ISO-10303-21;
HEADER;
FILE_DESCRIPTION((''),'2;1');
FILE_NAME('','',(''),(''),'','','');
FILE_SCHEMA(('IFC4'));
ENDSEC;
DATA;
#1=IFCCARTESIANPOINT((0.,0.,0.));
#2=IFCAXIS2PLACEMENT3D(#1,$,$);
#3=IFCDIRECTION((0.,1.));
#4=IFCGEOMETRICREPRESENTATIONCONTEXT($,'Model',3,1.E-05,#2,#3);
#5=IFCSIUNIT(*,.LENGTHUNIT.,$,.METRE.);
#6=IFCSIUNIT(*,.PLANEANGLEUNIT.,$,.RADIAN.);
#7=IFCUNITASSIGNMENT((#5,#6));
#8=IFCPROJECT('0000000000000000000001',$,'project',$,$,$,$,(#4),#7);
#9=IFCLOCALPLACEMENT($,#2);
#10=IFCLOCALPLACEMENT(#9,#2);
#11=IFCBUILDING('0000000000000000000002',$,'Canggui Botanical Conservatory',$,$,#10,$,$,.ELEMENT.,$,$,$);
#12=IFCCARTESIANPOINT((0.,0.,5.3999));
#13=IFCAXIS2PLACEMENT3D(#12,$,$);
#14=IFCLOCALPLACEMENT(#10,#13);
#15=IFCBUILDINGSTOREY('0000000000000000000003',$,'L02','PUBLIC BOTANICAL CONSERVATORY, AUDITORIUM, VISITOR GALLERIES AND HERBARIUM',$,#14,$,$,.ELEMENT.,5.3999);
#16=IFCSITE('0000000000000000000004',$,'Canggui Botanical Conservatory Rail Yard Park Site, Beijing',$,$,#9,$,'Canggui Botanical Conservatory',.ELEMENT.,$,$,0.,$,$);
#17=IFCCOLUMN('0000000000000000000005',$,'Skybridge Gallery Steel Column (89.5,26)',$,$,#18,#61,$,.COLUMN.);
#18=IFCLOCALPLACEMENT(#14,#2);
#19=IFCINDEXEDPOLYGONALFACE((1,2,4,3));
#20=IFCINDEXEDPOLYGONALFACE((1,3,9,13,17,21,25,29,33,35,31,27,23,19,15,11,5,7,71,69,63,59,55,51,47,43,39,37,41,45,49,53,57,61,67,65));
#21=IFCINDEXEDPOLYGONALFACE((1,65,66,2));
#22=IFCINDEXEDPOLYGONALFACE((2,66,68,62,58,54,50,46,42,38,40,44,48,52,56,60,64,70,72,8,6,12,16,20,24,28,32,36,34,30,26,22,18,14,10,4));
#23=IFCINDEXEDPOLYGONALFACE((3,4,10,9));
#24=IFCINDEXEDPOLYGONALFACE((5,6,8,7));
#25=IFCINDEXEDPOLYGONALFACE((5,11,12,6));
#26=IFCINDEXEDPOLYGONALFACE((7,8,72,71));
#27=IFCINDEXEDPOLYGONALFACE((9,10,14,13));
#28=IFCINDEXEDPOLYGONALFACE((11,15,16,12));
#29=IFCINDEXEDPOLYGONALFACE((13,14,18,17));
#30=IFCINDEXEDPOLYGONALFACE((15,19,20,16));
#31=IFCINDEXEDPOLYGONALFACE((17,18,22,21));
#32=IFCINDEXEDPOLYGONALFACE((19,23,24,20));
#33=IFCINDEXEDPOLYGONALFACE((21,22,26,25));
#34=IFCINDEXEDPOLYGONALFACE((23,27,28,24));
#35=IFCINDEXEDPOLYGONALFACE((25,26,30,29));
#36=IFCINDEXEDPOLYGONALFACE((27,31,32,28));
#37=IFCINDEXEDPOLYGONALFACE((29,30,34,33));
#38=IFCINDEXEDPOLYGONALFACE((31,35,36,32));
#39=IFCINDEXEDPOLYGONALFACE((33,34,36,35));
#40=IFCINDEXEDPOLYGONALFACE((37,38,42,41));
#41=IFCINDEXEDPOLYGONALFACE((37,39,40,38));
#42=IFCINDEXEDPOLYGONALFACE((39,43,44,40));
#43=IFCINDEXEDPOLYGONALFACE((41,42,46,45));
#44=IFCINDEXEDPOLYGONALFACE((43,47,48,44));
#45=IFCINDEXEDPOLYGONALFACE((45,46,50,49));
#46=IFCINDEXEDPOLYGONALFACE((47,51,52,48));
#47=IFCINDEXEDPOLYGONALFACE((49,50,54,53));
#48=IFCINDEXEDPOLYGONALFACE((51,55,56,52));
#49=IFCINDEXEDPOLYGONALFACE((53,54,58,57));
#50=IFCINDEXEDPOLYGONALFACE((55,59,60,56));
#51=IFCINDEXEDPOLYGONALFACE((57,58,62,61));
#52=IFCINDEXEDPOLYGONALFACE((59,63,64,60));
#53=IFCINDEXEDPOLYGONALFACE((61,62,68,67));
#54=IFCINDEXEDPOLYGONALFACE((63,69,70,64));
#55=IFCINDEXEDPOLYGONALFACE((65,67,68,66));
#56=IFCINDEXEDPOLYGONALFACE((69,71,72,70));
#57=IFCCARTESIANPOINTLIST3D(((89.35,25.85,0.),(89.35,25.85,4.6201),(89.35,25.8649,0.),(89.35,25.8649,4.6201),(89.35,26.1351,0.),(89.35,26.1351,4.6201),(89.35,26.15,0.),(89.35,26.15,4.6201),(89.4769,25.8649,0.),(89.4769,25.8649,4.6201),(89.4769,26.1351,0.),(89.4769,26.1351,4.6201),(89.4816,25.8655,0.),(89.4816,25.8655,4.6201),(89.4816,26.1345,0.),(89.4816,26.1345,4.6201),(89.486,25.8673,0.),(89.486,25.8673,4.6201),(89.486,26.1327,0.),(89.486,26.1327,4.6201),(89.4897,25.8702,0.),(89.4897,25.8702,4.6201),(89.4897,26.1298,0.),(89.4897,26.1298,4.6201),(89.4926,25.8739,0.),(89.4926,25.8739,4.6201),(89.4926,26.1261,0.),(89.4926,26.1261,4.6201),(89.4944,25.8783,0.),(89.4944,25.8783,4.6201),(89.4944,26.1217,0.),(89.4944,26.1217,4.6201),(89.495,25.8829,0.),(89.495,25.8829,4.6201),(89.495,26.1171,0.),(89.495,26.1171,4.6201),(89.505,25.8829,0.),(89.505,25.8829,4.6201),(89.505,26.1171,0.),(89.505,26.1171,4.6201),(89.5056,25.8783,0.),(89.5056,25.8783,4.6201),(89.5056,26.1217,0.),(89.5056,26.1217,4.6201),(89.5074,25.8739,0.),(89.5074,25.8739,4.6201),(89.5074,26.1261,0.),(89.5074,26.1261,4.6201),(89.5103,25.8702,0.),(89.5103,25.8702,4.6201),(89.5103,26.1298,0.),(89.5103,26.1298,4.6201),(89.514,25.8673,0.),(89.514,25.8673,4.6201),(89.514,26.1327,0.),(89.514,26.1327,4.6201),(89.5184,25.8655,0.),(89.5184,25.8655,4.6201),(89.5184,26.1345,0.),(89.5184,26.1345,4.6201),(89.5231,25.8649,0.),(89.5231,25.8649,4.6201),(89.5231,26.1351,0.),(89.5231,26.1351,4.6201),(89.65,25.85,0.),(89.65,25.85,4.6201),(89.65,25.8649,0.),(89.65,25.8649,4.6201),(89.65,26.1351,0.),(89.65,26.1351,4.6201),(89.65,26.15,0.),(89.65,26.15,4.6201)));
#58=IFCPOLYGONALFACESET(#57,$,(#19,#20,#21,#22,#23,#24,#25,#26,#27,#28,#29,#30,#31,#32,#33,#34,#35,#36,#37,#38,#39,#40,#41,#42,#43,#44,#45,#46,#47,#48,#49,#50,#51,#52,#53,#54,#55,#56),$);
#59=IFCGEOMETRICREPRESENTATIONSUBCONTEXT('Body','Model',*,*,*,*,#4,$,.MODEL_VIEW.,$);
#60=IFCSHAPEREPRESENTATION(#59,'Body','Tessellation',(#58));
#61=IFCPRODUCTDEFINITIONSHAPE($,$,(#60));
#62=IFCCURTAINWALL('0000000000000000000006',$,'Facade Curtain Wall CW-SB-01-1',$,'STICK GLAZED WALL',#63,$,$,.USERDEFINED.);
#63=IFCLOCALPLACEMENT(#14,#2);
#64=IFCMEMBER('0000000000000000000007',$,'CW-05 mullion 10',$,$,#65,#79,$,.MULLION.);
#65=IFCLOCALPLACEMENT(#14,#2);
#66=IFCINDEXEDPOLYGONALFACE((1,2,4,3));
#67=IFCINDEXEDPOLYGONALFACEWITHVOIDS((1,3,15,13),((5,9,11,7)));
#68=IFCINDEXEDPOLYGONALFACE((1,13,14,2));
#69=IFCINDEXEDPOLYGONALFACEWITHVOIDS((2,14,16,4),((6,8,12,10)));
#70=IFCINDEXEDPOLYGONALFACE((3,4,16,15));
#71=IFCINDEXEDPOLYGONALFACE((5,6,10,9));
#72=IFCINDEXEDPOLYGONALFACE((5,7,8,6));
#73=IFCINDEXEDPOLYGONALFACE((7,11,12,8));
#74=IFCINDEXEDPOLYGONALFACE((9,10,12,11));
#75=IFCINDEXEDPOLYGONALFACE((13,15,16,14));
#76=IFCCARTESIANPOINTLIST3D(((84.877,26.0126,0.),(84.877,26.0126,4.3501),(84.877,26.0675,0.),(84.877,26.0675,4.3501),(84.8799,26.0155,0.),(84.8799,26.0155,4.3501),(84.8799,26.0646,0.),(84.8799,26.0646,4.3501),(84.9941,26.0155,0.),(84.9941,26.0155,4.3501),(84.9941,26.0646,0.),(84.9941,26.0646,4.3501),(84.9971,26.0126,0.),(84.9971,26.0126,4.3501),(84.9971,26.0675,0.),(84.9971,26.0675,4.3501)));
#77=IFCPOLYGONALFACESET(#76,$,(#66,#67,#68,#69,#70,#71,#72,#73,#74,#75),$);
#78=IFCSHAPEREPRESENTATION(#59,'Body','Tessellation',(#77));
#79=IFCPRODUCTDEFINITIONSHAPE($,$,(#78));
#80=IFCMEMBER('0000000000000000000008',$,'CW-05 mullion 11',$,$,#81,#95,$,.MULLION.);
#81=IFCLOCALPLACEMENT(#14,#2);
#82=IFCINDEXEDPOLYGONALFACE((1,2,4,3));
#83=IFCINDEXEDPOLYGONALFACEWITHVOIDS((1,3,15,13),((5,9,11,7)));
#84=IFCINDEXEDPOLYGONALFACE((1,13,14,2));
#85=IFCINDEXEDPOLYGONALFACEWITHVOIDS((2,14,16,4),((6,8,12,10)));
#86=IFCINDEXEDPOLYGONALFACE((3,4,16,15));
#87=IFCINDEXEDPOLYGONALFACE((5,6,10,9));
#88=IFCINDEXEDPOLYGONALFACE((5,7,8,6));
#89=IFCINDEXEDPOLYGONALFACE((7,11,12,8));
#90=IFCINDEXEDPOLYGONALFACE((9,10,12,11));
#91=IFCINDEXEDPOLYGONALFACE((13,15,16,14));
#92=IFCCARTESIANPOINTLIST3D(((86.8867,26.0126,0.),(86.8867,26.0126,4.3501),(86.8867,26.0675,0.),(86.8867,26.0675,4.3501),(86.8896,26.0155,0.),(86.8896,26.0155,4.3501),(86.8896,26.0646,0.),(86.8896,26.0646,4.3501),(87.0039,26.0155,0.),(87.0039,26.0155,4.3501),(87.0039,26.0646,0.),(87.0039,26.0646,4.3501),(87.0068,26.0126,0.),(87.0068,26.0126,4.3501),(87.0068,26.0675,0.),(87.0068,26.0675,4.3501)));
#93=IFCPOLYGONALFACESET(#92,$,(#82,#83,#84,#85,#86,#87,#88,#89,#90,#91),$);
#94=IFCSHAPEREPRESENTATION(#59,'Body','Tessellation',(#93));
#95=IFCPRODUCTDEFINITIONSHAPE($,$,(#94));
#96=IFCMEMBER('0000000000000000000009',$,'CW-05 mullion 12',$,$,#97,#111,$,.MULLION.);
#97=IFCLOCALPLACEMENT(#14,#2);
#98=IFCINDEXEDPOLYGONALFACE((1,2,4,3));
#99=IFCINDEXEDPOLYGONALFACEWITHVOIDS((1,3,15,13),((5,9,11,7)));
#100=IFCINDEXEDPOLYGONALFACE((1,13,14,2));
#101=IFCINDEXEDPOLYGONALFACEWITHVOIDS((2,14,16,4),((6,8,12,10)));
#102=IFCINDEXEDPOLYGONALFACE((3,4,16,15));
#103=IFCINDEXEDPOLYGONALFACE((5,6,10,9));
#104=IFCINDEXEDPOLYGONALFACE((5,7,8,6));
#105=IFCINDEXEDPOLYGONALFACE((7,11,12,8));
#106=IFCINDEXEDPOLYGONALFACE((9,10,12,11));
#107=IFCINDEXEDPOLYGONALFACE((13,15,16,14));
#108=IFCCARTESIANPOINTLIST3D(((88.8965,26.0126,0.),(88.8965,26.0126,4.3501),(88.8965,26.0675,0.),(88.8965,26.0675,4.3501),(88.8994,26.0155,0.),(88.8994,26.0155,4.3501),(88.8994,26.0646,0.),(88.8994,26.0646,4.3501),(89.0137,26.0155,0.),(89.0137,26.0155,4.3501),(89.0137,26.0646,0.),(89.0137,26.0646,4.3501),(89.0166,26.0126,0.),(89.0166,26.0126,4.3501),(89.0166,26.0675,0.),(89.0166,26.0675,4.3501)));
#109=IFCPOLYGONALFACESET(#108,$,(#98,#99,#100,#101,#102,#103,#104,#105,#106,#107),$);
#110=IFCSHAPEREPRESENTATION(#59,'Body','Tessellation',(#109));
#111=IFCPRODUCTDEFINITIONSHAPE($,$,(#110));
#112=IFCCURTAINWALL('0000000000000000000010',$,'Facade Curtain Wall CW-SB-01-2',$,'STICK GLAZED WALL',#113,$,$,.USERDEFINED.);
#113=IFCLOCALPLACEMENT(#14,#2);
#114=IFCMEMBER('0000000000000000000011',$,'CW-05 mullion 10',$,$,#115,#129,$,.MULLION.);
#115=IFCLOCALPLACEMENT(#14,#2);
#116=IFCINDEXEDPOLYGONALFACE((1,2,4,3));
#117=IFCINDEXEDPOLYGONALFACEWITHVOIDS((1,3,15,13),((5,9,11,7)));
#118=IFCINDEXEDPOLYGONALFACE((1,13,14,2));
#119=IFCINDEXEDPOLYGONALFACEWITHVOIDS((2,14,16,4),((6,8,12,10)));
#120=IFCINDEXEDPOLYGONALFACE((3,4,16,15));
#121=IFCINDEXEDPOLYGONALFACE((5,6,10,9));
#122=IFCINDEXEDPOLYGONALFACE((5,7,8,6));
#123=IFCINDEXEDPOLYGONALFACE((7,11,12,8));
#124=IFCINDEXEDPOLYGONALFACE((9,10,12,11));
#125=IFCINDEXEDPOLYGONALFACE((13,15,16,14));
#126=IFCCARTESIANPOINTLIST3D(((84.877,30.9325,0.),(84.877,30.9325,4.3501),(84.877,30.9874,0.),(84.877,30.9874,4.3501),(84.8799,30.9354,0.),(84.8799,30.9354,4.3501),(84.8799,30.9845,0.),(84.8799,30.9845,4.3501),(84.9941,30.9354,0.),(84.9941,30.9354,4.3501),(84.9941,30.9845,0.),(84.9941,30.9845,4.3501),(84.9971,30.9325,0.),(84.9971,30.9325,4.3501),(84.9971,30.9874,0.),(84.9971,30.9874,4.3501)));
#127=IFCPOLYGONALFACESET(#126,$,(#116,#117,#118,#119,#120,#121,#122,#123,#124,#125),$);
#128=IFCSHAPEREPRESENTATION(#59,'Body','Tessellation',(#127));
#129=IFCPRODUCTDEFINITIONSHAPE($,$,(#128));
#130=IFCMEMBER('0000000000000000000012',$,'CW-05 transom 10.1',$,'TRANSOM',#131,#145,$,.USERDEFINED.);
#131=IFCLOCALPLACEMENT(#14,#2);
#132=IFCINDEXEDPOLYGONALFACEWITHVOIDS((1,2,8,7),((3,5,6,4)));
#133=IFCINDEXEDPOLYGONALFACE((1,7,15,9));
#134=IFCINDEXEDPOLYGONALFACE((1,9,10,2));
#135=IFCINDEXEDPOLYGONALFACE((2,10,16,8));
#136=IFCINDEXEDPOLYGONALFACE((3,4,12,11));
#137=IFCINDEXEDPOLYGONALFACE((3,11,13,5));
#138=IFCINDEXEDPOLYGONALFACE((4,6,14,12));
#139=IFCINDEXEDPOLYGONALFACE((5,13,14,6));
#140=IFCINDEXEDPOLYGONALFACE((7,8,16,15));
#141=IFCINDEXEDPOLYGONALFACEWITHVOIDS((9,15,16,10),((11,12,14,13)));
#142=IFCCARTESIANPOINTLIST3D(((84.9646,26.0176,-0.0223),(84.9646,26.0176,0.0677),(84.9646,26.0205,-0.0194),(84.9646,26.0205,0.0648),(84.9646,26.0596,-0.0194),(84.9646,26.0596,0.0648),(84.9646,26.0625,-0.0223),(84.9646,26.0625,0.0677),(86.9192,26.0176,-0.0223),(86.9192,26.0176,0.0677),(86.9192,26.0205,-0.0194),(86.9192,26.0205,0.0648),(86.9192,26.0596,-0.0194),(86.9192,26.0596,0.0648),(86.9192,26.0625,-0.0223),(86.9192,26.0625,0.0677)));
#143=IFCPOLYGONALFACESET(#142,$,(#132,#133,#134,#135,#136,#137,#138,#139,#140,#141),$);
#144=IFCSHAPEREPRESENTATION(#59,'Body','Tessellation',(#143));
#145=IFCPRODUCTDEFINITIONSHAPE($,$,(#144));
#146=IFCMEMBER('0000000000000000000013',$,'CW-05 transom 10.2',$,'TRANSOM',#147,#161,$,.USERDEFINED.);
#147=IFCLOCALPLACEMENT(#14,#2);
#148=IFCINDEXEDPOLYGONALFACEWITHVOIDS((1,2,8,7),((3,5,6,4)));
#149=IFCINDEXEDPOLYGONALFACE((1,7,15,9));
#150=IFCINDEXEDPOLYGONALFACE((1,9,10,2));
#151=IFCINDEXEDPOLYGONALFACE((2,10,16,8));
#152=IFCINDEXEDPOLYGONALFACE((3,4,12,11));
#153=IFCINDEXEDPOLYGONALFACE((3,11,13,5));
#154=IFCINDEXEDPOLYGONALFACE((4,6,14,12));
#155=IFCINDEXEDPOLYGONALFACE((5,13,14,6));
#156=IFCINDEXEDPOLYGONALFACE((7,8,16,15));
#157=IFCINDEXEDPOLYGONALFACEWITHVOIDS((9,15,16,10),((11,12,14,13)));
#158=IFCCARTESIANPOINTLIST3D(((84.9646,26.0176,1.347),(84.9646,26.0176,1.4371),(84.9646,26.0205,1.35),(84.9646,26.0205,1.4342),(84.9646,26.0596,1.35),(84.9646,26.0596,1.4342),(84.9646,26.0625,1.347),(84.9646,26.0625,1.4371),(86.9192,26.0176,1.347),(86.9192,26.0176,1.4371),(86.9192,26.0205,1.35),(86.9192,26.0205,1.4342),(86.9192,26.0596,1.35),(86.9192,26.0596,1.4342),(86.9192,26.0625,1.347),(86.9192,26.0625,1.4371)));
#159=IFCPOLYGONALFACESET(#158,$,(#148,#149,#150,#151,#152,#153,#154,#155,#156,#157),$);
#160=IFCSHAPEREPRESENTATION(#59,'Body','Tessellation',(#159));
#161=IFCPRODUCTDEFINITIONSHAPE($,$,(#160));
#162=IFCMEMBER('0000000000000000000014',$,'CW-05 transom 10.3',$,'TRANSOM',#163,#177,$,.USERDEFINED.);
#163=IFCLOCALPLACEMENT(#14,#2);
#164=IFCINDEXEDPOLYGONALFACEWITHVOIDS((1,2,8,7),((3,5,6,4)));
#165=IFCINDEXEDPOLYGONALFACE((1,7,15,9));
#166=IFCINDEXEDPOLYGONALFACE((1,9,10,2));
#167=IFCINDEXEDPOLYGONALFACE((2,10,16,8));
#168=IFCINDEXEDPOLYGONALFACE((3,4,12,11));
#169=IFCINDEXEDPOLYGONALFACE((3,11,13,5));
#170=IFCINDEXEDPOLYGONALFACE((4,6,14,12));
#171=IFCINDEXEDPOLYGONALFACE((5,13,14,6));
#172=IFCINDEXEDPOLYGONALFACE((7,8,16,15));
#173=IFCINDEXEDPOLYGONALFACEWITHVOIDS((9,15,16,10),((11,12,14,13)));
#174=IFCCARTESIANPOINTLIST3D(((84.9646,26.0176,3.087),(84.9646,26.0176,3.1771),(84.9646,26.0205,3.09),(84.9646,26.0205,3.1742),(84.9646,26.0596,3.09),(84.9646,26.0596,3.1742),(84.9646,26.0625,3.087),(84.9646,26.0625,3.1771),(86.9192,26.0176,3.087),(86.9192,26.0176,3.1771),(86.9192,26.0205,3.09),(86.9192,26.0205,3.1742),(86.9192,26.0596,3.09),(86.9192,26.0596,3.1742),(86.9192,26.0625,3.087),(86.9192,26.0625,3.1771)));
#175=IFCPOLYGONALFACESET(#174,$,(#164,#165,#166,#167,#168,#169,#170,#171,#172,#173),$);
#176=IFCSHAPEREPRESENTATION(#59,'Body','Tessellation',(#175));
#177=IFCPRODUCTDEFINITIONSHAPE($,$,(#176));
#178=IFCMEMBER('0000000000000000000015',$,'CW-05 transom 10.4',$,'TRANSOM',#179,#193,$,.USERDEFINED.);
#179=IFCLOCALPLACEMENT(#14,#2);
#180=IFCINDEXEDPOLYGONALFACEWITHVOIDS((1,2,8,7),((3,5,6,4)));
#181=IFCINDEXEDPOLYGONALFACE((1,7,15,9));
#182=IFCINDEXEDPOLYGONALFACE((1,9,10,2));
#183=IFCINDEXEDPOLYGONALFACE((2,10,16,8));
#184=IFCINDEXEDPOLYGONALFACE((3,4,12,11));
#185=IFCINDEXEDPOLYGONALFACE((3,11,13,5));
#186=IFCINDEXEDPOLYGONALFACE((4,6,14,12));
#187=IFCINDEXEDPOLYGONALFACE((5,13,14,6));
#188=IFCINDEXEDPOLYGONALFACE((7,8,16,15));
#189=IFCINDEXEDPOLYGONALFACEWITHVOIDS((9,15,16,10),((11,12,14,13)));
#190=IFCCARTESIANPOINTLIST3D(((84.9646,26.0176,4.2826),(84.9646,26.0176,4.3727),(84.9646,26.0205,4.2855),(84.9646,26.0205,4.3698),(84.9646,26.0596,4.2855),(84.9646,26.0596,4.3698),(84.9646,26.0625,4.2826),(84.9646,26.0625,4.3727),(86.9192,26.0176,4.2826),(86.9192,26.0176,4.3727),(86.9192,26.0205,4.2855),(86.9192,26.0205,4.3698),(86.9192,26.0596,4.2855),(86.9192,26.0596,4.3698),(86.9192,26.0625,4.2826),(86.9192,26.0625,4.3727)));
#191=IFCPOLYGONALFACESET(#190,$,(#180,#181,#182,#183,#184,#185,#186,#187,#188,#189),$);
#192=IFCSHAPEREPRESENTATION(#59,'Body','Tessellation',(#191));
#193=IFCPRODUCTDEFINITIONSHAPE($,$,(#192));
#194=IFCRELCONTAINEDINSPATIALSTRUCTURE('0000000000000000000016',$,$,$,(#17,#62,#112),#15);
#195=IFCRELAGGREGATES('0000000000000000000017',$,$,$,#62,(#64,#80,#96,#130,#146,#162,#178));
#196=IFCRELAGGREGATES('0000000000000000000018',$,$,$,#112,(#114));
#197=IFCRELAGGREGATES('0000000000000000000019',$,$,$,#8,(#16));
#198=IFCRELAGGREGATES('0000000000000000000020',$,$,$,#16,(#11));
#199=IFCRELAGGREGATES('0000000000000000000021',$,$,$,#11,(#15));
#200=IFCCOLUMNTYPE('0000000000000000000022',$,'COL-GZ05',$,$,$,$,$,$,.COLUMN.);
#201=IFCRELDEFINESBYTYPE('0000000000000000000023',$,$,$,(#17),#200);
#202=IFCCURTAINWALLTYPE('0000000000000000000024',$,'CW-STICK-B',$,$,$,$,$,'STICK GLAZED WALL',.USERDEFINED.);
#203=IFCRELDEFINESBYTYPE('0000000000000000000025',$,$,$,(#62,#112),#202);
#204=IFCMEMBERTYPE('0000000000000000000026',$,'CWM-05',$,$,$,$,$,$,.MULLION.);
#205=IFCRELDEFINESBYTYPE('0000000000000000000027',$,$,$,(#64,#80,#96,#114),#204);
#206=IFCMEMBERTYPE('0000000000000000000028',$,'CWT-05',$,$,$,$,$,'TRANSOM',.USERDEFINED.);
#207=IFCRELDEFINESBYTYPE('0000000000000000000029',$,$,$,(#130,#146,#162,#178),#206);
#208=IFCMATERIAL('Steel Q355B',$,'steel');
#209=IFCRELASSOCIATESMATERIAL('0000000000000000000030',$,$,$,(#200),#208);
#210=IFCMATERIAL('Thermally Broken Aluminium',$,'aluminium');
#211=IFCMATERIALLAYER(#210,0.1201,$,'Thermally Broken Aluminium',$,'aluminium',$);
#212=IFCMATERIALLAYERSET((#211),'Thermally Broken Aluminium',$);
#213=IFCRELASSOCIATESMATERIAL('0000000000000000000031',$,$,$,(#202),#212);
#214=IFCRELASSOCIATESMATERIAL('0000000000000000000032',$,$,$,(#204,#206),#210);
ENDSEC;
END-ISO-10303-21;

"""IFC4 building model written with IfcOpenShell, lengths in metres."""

from ifc_helpers import new_model, si_unit, direction, frame, origin, origin_2d, place, context, subcontext, project, spatial, hollow_rectangle, i_section, extrude, material, layer, layer_set, material_profile, profile_set, type_object, element, aggregate, save


model = new_model("IFC4")

# Units and contexts
model_context = context("Model", 3, precision=1e-05, world=origin(), true_north=direction((0.0, 1.0)))
body_context = subcontext(model_context, "Body", "Model", "MODEL_VIEW")
ifc_project = project(units=[si_unit("LENGTHUNIT", "METRE"), si_unit("PLANEANGLEUNIT", "RADIAN")], contexts=[model_context])

# Site, building, storey
site_placement = place(None, origin())
site = spatial("IfcSite", under=ifc_project, at=site_placement, Name="Canggui Botanical Conservatory Rail Yard Park Site, Beijing", LongName="Canggui Botanical Conservatory", CompositionType="ELEMENT", RefElevation=0.0)
building_placement = place(site_placement, origin())
building = spatial("IfcBuilding", under=site, at=building_placement, Name="Canggui Botanical Conservatory", CompositionType="ELEMENT")
storey_placement = place(building_placement, frame((0.0, 0.0, 5.3999)))
storey = spatial("IfcBuildingStorey", under=building, at=storey_placement, Name="L02", Description="PUBLIC BOTANICAL CONSERVATORY, AUDITORIUM, VISITOR GALLERIES AND HERBARIUM", CompositionType="ELEMENT", Elevation=5.3999)

# Column
ifc_material_1 = material(Name="Steel Q355B", Category="steel")
ifc_material_profile_1 = material_profile(ifc_material_1, i_section(OverallWidth=0.3, OverallDepth=0.3, WebThickness=0.01, FlangeThickness=0.0149, FilletRadius=0.0181, at=origin_2d()), Name="HW 300x300x10x15")
ifc_profile_set_1 = profile_set([ifc_material_profile_1], Name="Steel Q355B")
column_type = type_object("IfcColumnType", Name="COL-GZ05", PredefinedType="COLUMN", material=ifc_profile_set_1)
column_placement = place(storey_placement, frame((89.5, 26.0, 0.0), z_axis=(0.0, 0.0, 1.0), x_axis=(1.0, 0.0, 0.0)))
element("IfcColumn", 1, at=column_placement, inside=storey, type_object=column_type, Name="Skybridge Gallery Steel Column (89.5,26)", PredefinedType="COLUMN", context=body_context, shape_type="SweptSolid", body=[
    extrude(i_section(OverallWidth=0.3, OverallDepth=0.3, WebThickness=0.01, FlangeThickness=0.0149, FilletRadius=0.0181, at=origin_2d()), origin(), (0.0, 0.0, 1.0), 4.6201),
])

# Curtain wall, members
ifc_material_2 = material(Name="Thermally Broken Aluminium", Category="aluminium")
ifc_layer_1 = layer(ifc_material_2, 0.1201, Name="Thermally Broken Aluminium", Category="aluminium")
ifc_layer_set_1 = layer_set([ifc_layer_1], Name="Thermally Broken Aluminium")
curtain_wall_type = type_object("IfcCurtainWallType", Name="CW-STICK-B", ElementType="STICK GLAZED WALL", PredefinedType="USERDEFINED", material=ifc_layer_set_1)
curtain_wall_1_placement = place(storey_placement, origin())
curtain_wall_1 = element("IfcCurtainWall", 2, at=curtain_wall_1_placement, inside=storey, type_object=curtain_wall_type, Name="Facade Curtain Wall CW-SB-01-1", ObjectType="STICK GLAZED WALL", PredefinedType="USERDEFINED")
ifc_material_profile_2 = material_profile(ifc_material_2, hollow_rectangle(XDim=0.0549, YDim=0.1201, WallThickness=0.0029, at=origin_2d()), Name="CWM 55x120x3")
ifc_profile_set_2 = profile_set([ifc_material_profile_2], Name="Thermally Broken Aluminium")
member_type_1 = type_object("IfcMemberType", Name="CWM-05", PredefinedType="MULLION", material=ifc_profile_set_2)
member_1_placement = place(storey_placement, frame((84.937, 26.04, 0.0), z_axis=(0.0, 0.0, 1.0), x_axis=(0.0, 1.0, 0.0)))
member_1 = element("IfcMember", 3, at=member_1_placement, type_object=member_type_1, Name="CW-05 mullion 10", PredefinedType="MULLION", context=body_context, shape_type="SweptSolid", body=[
    extrude(hollow_rectangle(XDim=0.0549, YDim=0.1201, WallThickness=0.0029, at=origin_2d()), origin(), (0.0, 0.0, 1.0), 4.3501),
])
member_2_placement = place(storey_placement, frame((86.9468, 26.04, 0.0), z_axis=(0.0, 0.0, 1.0), x_axis=(0.0, 1.0, 0.0)))
member_2 = element("IfcMember", 4, at=member_2_placement, type_object=member_type_1, Name="CW-05 mullion 11", PredefinedType="MULLION", context=body_context, shape_type="SweptSolid", body=[
    extrude(hollow_rectangle(XDim=0.0549, YDim=0.1201, WallThickness=0.0029, at=origin_2d()), origin(), (0.0, 0.0, 1.0), 4.3501),
])
member_3_placement = place(storey_placement, frame((88.9565, 26.04, 0.0), z_axis=(0.0, 0.0, 1.0), x_axis=(0.0, 1.0, 0.0)))
member_3 = element("IfcMember", 5, at=member_3_placement, type_object=member_type_1, Name="CW-05 mullion 12", PredefinedType="MULLION", context=body_context, shape_type="SweptSolid", body=[
    extrude(hollow_rectangle(XDim=0.0549, YDim=0.1201, WallThickness=0.0029, at=origin_2d()), origin(), (0.0, 0.0, 1.0), 4.3501),
])

# Curtain wall, member
curtain_wall_2_placement = place(storey_placement, origin())
curtain_wall_2 = element("IfcCurtainWall", 6, at=curtain_wall_2_placement, inside=storey, type_object=curtain_wall_type, Name="Facade Curtain Wall CW-SB-01-2", ObjectType="STICK GLAZED WALL", PredefinedType="USERDEFINED")
member_4_placement = place(storey_placement, frame((84.937, 30.96, 0.0), z_axis=(0.0, 0.0, 1.0), x_axis=(0.0, 1.0, 0.0)))
member_4 = element("IfcMember", 7, at=member_4_placement, type_object=member_type_1, Name="CW-05 mullion 10", PredefinedType="MULLION", context=body_context, shape_type="SweptSolid", body=[
    extrude(hollow_rectangle(XDim=0.0549, YDim=0.1201, WallThickness=0.0029, at=origin_2d()), origin(), (0.0, 0.0, 1.0), 4.3501),
])

# Members
ifc_material_profile_3 = material_profile(ifc_material_2, hollow_rectangle(XDim=0.0449, YDim=0.0901, WallThickness=0.0029, at=origin_2d()), Name="CWT 45x90x3")
ifc_profile_set_3 = profile_set([ifc_material_profile_3], Name="Thermally Broken Aluminium")
member_type_2 = type_object("IfcMemberType", Name="CWT-05", ElementType="TRANSOM", PredefinedType="USERDEFINED", material=ifc_profile_set_3)
member_5_placement = place(storey_placement, frame((84.9646, 26.04, 0.0227), z_axis=(1.0, 0.0, 0.0), x_axis=(0.0, 1.0, 0.0)))
member_5 = element("IfcMember", 8, at=member_5_placement, type_object=member_type_2, Name="CW-05 transom 10.1", ObjectType="TRANSOM", PredefinedType="USERDEFINED", context=body_context, shape_type="SweptSolid", body=[
    extrude(hollow_rectangle(XDim=0.0449, YDim=0.0901, WallThickness=0.0029, at=origin_2d()), origin(), (0.0, 0.0, 1.0), 1.9546),
])
member_6_placement = place(storey_placement, frame((84.9646, 26.04, 1.3921), z_axis=(1.0, 0.0, 0.0), x_axis=(0.0, 1.0, 0.0)))
member_6 = element("IfcMember", 9, at=member_6_placement, type_object=member_type_2, Name="CW-05 transom 10.2", ObjectType="TRANSOM", PredefinedType="USERDEFINED", context=body_context, shape_type="SweptSolid", body=[
    extrude(hollow_rectangle(XDim=0.0449, YDim=0.0901, WallThickness=0.0029, at=origin_2d()), origin(), (0.0, 0.0, 1.0), 1.9546),
])
member_7_placement = place(storey_placement, frame((84.9646, 26.04, 3.1321), z_axis=(1.0, 0.0, 0.0), x_axis=(0.0, 1.0, 0.0)))
member_7 = element("IfcMember", 10, at=member_7_placement, type_object=member_type_2, Name="CW-05 transom 10.3", ObjectType="TRANSOM", PredefinedType="USERDEFINED", context=body_context, shape_type="SweptSolid", body=[
    extrude(hollow_rectangle(XDim=0.0449, YDim=0.0901, WallThickness=0.0029, at=origin_2d()), origin(), (0.0, 0.0, 1.0), 1.9546),
])
member_8_placement = place(storey_placement, frame((84.9646, 26.04, 4.3276), z_axis=(1.0, 0.0, 0.0), x_axis=(0.0, 1.0, 0.0)))
member_8 = element("IfcMember", 11, at=member_8_placement, type_object=member_type_2, Name="CW-05 transom 10.4", ObjectType="TRANSOM", PredefinedType="USERDEFINED", context=body_context, shape_type="SweptSolid", body=[
    extrude(hollow_rectangle(XDim=0.0449, YDim=0.0901, WallThickness=0.0029, at=origin_2d()), origin(), (0.0, 0.0, 1.0), 1.9546),
])

aggregate(curtain_wall_1, [member_1, member_2, member_3, member_5, member_6, member_7, member_8])
aggregate(curtain_wall_2, [member_4])

save(model, "model.ifc")
